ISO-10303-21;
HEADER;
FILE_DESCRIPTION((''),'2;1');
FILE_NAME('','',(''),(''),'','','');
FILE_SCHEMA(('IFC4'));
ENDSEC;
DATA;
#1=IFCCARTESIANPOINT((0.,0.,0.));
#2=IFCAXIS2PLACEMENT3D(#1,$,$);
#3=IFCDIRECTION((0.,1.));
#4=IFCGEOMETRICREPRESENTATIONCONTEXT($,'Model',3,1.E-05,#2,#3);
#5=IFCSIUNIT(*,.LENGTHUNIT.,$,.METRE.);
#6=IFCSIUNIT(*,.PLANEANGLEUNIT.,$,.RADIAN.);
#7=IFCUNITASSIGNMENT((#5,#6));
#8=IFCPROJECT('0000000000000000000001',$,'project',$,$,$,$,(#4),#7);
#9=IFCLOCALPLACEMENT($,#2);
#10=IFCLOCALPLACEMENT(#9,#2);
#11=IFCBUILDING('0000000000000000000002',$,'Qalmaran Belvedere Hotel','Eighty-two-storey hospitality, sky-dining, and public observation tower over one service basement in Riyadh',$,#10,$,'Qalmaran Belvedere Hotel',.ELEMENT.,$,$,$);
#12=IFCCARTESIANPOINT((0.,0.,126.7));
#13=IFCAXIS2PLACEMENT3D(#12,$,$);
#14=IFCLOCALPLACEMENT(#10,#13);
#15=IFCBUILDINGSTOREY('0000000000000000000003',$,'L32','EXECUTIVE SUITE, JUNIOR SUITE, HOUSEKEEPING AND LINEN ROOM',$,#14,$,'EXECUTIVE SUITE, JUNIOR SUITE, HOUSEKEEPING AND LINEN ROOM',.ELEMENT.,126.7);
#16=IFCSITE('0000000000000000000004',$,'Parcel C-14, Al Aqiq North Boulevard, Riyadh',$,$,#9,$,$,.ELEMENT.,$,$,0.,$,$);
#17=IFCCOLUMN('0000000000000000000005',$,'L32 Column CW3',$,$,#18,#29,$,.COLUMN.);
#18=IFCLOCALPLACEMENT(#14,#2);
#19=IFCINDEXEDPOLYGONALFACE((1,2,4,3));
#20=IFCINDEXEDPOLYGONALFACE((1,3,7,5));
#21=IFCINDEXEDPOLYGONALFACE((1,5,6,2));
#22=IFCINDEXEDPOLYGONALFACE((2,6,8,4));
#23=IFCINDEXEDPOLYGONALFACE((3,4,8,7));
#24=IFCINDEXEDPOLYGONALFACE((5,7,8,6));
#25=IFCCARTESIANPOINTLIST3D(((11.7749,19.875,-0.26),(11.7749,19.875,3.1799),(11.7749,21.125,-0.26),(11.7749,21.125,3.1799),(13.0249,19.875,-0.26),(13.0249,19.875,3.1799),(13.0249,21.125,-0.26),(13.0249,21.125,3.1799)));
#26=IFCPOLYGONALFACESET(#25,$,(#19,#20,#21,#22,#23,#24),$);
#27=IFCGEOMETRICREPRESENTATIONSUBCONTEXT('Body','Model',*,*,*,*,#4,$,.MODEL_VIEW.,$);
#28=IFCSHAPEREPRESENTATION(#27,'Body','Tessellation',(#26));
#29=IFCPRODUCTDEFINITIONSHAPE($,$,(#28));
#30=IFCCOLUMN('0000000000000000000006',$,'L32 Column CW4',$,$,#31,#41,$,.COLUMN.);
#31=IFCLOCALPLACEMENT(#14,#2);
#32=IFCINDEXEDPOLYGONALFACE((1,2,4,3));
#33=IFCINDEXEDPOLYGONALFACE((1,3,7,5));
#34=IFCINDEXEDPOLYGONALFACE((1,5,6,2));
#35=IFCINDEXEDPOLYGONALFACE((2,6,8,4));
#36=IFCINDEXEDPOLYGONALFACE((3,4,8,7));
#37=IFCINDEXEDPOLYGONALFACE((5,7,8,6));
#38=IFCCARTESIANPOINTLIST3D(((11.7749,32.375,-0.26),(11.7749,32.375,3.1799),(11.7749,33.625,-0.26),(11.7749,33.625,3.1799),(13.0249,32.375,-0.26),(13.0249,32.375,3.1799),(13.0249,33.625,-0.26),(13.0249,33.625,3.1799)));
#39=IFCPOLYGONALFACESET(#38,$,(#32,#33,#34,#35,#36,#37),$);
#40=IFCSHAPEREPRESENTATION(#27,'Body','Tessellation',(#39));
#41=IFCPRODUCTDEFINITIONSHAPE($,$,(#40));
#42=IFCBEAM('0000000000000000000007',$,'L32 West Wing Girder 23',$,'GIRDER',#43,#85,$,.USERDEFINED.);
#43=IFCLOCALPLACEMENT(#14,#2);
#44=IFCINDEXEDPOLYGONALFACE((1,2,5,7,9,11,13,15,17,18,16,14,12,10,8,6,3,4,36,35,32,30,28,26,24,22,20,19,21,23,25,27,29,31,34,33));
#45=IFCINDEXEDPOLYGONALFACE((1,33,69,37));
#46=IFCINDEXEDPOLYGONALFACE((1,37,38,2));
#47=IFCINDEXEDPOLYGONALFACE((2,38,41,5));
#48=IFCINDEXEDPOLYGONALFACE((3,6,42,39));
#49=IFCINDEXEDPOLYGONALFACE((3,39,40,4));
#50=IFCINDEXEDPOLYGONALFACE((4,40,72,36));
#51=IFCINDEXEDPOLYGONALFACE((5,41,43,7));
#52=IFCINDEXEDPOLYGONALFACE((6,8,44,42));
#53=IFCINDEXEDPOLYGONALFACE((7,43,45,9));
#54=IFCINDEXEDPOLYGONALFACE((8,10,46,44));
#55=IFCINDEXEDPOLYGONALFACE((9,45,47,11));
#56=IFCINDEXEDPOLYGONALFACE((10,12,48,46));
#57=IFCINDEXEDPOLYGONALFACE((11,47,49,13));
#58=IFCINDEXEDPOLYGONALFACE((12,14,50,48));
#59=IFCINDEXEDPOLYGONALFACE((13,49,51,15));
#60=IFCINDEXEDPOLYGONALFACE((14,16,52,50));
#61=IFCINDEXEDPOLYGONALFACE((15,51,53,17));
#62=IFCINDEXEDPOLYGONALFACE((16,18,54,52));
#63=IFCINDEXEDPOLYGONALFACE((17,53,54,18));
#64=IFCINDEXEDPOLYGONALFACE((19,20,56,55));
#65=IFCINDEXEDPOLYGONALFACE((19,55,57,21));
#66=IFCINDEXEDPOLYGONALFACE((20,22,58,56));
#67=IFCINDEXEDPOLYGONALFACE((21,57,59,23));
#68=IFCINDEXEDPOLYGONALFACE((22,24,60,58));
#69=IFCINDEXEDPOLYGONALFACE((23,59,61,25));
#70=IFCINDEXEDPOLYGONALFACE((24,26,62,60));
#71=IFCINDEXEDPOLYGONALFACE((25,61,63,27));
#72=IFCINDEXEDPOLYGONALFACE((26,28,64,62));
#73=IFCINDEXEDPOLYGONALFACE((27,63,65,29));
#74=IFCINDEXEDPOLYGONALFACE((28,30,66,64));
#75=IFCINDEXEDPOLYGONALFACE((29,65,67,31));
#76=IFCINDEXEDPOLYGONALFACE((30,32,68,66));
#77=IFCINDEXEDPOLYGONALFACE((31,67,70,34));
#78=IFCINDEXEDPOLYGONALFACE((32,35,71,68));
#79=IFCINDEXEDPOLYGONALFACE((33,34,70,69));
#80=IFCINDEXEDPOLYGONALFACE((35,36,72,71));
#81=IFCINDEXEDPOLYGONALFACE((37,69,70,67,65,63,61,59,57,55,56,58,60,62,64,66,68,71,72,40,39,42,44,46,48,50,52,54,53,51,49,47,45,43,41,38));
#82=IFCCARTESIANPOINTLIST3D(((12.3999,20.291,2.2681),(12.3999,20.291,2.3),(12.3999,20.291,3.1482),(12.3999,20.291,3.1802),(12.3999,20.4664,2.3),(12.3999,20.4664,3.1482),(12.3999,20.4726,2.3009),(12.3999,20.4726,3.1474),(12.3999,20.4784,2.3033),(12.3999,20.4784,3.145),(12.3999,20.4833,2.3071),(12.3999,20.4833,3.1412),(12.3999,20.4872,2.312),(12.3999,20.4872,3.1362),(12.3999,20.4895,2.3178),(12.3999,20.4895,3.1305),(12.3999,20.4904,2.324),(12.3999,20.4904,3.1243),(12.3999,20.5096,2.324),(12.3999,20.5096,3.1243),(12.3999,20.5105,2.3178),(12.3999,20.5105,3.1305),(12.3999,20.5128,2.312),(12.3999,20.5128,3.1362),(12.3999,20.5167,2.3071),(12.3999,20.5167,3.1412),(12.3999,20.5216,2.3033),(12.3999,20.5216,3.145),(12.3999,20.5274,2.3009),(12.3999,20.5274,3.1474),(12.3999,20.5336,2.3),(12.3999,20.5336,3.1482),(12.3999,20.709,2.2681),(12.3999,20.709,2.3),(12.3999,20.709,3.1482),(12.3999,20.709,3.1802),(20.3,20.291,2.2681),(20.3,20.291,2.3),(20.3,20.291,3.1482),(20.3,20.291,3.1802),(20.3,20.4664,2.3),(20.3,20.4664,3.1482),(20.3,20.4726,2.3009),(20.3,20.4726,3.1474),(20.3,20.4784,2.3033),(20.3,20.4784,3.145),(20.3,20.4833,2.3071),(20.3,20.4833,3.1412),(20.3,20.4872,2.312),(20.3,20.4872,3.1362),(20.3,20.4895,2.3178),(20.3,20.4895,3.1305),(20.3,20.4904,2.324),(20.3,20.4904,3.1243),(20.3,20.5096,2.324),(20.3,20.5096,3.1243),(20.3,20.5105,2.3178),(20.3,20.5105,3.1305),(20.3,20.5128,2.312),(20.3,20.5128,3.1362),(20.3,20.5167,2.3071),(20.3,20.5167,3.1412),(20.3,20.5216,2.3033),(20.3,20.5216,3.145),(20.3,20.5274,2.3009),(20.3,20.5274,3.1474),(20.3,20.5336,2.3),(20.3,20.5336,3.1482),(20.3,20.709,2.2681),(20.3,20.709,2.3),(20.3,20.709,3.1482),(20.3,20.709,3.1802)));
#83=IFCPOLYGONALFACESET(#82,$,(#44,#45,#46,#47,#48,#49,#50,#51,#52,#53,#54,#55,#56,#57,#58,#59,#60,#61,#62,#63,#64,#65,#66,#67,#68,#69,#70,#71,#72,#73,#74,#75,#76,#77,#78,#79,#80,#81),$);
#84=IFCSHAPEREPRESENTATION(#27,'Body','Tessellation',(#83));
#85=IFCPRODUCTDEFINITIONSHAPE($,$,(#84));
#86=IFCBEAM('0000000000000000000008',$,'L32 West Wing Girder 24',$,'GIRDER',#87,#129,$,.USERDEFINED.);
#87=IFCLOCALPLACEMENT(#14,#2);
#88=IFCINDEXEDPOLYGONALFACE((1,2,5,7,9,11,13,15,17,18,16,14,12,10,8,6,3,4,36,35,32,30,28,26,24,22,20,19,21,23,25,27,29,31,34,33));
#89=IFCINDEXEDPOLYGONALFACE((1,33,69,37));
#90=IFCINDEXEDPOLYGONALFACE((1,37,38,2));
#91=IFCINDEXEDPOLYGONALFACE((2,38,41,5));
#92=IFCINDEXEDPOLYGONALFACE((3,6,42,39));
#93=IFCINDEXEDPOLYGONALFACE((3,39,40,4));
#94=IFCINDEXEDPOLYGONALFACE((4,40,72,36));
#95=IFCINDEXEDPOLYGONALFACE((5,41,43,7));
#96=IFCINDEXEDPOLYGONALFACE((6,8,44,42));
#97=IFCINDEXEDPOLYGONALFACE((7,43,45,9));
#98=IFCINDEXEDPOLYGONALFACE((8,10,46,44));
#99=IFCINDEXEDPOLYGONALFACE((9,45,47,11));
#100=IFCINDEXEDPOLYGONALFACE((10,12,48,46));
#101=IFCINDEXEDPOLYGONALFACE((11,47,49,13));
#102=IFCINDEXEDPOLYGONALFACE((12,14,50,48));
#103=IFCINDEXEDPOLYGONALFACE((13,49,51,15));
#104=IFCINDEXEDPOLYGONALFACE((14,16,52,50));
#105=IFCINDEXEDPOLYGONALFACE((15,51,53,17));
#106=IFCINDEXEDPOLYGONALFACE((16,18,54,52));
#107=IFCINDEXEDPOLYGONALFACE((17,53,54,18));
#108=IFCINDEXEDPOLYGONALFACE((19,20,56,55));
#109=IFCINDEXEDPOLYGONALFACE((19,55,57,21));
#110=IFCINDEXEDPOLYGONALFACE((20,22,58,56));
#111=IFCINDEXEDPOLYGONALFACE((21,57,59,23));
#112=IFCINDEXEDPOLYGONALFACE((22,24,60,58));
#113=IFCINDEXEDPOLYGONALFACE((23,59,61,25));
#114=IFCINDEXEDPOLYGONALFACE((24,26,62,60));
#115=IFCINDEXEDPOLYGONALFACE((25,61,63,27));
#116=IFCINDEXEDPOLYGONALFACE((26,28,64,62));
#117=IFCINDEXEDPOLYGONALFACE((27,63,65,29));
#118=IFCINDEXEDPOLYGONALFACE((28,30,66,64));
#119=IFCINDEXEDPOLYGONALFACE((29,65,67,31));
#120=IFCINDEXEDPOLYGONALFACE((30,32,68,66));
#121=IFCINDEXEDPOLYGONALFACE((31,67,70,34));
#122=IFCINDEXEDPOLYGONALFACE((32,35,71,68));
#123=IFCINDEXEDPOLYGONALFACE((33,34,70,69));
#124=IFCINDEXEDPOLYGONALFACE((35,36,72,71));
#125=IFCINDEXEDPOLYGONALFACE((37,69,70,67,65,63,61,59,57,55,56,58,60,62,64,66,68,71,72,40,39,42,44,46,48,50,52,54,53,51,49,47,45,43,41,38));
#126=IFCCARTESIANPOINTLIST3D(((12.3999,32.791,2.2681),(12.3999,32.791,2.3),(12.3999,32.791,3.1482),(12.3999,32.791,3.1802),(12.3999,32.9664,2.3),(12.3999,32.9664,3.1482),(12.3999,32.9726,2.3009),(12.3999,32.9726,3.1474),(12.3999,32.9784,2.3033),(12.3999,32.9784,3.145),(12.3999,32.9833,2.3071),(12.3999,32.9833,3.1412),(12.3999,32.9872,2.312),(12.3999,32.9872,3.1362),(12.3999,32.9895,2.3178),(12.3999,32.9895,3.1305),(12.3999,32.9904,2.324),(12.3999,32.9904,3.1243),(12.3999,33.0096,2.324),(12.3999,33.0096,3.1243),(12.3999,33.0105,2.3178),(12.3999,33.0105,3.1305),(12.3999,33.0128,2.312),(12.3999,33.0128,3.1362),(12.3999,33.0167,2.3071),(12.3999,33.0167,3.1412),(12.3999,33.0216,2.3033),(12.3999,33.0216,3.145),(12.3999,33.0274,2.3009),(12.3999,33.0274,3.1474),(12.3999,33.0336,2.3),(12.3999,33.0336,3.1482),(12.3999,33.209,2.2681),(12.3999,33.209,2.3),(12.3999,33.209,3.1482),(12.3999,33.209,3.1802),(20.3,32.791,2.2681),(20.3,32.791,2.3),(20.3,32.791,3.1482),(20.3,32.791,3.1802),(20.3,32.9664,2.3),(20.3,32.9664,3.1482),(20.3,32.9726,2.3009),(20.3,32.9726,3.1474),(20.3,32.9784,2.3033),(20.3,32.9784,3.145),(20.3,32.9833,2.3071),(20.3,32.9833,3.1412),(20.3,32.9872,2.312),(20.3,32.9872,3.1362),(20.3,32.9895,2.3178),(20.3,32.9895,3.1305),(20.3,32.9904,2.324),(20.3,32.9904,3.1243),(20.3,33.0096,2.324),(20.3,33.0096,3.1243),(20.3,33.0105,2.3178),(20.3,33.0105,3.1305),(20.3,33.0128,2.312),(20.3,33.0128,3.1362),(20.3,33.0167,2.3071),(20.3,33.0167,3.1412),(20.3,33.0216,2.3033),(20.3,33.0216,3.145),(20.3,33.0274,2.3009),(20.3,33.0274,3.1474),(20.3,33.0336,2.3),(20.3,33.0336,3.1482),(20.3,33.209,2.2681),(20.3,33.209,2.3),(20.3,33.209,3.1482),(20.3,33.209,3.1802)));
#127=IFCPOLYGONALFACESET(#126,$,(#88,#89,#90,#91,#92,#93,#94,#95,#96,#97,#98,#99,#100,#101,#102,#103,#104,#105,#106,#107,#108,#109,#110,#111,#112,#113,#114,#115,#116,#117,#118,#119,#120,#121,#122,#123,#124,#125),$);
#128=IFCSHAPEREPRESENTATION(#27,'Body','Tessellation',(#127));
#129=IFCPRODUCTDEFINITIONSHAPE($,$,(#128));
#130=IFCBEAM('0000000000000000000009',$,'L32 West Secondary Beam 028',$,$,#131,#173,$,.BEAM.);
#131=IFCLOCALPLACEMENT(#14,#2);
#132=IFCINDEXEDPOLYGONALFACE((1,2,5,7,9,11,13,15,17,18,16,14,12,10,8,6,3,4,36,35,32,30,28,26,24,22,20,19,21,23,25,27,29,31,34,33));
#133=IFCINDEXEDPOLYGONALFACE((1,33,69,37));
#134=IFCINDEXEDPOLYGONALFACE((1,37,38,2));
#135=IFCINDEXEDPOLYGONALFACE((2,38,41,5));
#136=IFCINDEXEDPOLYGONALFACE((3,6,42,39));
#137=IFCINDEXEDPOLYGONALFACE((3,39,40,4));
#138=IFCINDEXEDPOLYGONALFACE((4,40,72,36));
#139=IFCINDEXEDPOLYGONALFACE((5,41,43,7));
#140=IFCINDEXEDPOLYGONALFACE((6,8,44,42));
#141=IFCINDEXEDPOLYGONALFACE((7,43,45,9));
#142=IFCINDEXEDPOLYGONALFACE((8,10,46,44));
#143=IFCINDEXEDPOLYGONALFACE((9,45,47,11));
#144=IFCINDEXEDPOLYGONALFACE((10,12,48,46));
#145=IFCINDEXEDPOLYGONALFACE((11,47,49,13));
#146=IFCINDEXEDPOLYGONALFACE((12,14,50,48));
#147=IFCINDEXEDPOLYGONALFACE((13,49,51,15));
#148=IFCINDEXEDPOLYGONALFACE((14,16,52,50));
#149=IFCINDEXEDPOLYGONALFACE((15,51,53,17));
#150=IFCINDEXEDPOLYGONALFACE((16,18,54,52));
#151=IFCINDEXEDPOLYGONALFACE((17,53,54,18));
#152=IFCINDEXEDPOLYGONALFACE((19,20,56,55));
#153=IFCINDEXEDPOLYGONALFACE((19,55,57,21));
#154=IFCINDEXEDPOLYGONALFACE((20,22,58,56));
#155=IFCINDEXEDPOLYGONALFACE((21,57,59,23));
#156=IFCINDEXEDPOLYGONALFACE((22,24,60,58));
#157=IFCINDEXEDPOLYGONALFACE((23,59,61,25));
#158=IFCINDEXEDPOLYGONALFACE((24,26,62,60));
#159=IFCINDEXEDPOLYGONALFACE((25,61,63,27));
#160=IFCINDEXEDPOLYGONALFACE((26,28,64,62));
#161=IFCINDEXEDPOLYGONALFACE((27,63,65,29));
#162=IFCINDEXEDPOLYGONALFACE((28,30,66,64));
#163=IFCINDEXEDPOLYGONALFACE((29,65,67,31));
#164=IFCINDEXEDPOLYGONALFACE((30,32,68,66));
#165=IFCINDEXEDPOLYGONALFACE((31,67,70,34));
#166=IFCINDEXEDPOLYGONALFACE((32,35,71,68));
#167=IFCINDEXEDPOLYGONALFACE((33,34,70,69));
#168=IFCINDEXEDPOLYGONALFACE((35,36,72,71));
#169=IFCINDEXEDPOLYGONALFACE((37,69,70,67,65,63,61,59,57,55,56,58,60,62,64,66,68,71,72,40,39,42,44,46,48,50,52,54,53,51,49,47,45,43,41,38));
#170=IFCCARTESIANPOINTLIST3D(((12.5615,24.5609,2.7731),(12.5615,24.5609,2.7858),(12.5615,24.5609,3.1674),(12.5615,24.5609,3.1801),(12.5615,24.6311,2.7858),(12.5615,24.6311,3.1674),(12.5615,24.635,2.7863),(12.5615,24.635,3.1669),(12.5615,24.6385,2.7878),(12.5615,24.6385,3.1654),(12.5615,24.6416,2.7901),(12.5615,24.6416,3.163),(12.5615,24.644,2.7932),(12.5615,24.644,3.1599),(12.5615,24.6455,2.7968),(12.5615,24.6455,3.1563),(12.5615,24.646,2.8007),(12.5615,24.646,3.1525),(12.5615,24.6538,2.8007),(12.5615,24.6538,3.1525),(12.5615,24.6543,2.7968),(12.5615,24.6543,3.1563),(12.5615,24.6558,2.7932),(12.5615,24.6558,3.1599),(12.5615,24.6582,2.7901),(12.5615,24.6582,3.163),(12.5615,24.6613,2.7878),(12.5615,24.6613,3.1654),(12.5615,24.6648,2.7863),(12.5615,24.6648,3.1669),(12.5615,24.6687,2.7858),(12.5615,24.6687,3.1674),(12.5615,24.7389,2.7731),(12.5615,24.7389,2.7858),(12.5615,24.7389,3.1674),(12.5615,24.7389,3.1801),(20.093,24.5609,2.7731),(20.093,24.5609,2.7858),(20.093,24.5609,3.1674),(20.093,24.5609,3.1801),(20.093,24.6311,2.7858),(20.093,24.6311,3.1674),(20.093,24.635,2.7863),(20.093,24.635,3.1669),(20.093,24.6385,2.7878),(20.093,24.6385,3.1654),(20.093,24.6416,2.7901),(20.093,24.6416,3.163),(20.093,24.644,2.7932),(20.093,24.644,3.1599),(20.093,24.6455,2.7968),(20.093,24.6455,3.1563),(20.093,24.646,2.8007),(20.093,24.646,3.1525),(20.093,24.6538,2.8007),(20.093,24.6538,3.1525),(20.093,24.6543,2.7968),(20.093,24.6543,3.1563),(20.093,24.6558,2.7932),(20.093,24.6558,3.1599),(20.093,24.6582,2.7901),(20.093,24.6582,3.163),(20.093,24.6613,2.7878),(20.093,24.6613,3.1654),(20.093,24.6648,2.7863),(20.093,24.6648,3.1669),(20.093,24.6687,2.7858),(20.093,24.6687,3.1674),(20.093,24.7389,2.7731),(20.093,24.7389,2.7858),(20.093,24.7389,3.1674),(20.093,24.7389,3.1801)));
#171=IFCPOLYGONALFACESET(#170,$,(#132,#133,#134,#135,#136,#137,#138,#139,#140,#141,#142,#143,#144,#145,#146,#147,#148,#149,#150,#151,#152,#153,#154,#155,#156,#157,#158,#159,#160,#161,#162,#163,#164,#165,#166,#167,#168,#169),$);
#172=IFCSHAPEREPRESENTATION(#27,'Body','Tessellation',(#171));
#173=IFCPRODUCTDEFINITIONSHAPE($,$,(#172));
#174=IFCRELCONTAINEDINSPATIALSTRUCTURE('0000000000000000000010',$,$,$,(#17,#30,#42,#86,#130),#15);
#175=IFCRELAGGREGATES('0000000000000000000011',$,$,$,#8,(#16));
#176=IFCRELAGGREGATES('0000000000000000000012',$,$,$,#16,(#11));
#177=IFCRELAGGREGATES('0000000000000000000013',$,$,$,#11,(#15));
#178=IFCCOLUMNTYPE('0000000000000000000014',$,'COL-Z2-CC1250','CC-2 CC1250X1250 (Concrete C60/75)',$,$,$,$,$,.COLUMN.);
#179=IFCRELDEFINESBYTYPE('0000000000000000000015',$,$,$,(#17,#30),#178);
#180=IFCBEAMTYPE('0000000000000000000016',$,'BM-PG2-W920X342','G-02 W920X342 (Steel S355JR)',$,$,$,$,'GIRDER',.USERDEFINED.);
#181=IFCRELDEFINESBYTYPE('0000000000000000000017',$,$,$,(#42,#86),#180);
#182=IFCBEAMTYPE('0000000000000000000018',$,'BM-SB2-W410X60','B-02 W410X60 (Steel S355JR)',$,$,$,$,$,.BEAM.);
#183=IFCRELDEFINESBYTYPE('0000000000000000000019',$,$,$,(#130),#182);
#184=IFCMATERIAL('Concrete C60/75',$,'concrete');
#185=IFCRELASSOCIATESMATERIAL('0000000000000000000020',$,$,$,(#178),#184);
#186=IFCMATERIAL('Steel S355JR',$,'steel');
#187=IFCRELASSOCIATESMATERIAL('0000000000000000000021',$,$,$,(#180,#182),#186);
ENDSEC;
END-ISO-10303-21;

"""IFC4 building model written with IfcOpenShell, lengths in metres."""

from ifc_helpers import new_model, si_unit, direction, frame, origin, origin_2d, place, context, subcontext, project, spatial, rectangle, i_section, extrude, material, material_profile, profile_set, type_object, element, save


model = new_model("IFC4")

# Units and contexts
model_context = context("Model", 3, precision=1e-05, world=origin(), true_north=direction((0.0, 1.0)))
body_context = subcontext(model_context, "Body", "Model", "MODEL_VIEW")
ifc_project = project(units=[si_unit("LENGTHUNIT", "METRE"), si_unit("PLANEANGLEUNIT", "RADIAN")], contexts=[model_context])

# Site, building, storey
site_placement = place(None, origin())
site = spatial("IfcSite", under=ifc_project, at=site_placement, Name="Parcel C-14, Al Aqiq North Boulevard, Riyadh", CompositionType="ELEMENT", RefElevation=0.0)
building_placement = place(site_placement, origin())
building = spatial("IfcBuilding", under=site, at=building_placement, Name="Qalmaran Belvedere Hotel", Description="Eighty-two-storey hospitality, sky-dining, and public observation tower over one service basement in Riyadh", LongName="Qalmaran Belvedere Hotel", CompositionType="ELEMENT")
storey_placement = place(building_placement, frame((0.0, 0.0, 126.7)))
storey = spatial("IfcBuildingStorey", under=building, at=storey_placement, Name="L32", Description="EXECUTIVE SUITE, JUNIOR SUITE, HOUSEKEEPING AND LINEN ROOM", LongName="EXECUTIVE SUITE, JUNIOR SUITE, HOUSEKEEPING AND LINEN ROOM", CompositionType="ELEMENT", Elevation=126.7)

# Columns
ifc_material_1 = material(Name="Concrete C60/75", Category="concrete")
ifc_material_profile_1 = material_profile(ifc_material_1, rectangle(XDim=1.25, YDim=1.25, at=origin_2d()), Name="CC1250X1250")
ifc_profile_set_1 = profile_set([ifc_material_profile_1], Name="Concrete C60/75")
column_type = type_object("IfcColumnType", Name="COL-Z2-CC1250", Description="CC-2 CC1250X1250 (Concrete C60/75)", PredefinedType="COLUMN", material=ifc_profile_set_1)
for number, where, z_axis, x_axis, name in (
    (1, (12.3999, 20.5, -0.26), (0.0, 0.0, 1.0), (1.0, 0.0, 0.0), "L32 Column CW3"),
    (2, (12.3999, 33.0, -0.26), (0.0, 0.0, 1.0), (1.0, 0.0, 0.0), "L32 Column CW4"),
):
    element("IfcColumn", number, at=place(storey_placement, frame(where, z_axis=z_axis, x_axis=x_axis)), inside=storey, type_object=column_type, Name=name, PredefinedType="COLUMN", context=body_context, shape_type="SweptSolid", body=[
        extrude(rectangle(XDim=1.25, YDim=1.25, at=origin_2d()), origin(), (0.0, 0.0, 1.0), 3.4399),
    ])

# Beams
ifc_material_2 = material(Name="Steel S355JR", Category="steel")
ifc_material_profile_2 = material_profile(ifc_material_2, i_section(OverallWidth=0.418, OverallDepth=0.9121, WebThickness=0.0193, FlangeThickness=0.032, FilletRadius=0.0239, at=origin_2d()), Name="W920X342")
ifc_profile_set_2 = profile_set([ifc_material_profile_2], Name="Steel S355JR")
beam_type_1 = type_object("IfcBeamType", Name="BM-PG2-W920X342", Description="G-02 W920X342 (Steel S355JR)", ElementType="GIRDER", PredefinedType="USERDEFINED", material=ifc_profile_set_2)
for number, where, z_axis, x_axis, name in (
    (3, (12.3999, 20.5, 2.7241), (1.0, 0.0, 0.0), (0.0, 1.0, 0.0), "L32 West Wing Girder 23"),
    (4, (12.3999, 33.0, 2.7241), (1.0, 0.0, 0.0), (0.0, 1.0, 0.0), "L32 West Wing Girder 24"),
):
    element("IfcBeam", number, at=place(storey_placement, frame(where, z_axis=z_axis, x_axis=x_axis)), inside=storey, type_object=beam_type_1, Name=name, ObjectType="GIRDER", PredefinedType="USERDEFINED", context=body_context, shape_type="SweptSolid", body=[
        extrude(i_section(OverallWidth=0.418, OverallDepth=0.9121, WebThickness=0.0193, FlangeThickness=0.032, FilletRadius=0.0239, at=origin_2d()), origin(), (0.0, 0.0, 1.0), 7.9001),
    ])
ifc_material_profile_3 = material_profile(ifc_material_2, i_section(OverallWidth=0.178, OverallDepth=0.407, WebThickness=0.0078, FlangeThickness=0.0127, FilletRadius=0.0149, at=origin_2d()), Name="W410X60")
ifc_profile_set_3 = profile_set([ifc_material_profile_3], Name="Steel S355JR")
beam_type_2 = type_object("IfcBeamType", Name="BM-SB2-W410X60", Description="B-02 W410X60 (Steel S355JR)", PredefinedType="BEAM", material=ifc_profile_set_3)
for number, where, z_axis, x_axis, name in (
    (5, (12.5615, 24.6499, 2.9766), (1.0, 0.0, 0.0), (0.0, 1.0, 0.0), "L32 West Secondary Beam 028"),
):
    element("IfcBeam", number, at=place(storey_placement, frame(where, z_axis=z_axis, x_axis=x_axis)), inside=storey, type_object=beam_type_2, Name=name, PredefinedType="BEAM", context=body_context, shape_type="SweptSolid", body=[
        extrude(i_section(OverallWidth=0.178, OverallDepth=0.407, WebThickness=0.0078, FlangeThickness=0.0127, FilletRadius=0.0149, at=origin_2d()), origin(), (0.0, 0.0, 1.0), 7.5315),
    ])

save(model, "model.ifc")
